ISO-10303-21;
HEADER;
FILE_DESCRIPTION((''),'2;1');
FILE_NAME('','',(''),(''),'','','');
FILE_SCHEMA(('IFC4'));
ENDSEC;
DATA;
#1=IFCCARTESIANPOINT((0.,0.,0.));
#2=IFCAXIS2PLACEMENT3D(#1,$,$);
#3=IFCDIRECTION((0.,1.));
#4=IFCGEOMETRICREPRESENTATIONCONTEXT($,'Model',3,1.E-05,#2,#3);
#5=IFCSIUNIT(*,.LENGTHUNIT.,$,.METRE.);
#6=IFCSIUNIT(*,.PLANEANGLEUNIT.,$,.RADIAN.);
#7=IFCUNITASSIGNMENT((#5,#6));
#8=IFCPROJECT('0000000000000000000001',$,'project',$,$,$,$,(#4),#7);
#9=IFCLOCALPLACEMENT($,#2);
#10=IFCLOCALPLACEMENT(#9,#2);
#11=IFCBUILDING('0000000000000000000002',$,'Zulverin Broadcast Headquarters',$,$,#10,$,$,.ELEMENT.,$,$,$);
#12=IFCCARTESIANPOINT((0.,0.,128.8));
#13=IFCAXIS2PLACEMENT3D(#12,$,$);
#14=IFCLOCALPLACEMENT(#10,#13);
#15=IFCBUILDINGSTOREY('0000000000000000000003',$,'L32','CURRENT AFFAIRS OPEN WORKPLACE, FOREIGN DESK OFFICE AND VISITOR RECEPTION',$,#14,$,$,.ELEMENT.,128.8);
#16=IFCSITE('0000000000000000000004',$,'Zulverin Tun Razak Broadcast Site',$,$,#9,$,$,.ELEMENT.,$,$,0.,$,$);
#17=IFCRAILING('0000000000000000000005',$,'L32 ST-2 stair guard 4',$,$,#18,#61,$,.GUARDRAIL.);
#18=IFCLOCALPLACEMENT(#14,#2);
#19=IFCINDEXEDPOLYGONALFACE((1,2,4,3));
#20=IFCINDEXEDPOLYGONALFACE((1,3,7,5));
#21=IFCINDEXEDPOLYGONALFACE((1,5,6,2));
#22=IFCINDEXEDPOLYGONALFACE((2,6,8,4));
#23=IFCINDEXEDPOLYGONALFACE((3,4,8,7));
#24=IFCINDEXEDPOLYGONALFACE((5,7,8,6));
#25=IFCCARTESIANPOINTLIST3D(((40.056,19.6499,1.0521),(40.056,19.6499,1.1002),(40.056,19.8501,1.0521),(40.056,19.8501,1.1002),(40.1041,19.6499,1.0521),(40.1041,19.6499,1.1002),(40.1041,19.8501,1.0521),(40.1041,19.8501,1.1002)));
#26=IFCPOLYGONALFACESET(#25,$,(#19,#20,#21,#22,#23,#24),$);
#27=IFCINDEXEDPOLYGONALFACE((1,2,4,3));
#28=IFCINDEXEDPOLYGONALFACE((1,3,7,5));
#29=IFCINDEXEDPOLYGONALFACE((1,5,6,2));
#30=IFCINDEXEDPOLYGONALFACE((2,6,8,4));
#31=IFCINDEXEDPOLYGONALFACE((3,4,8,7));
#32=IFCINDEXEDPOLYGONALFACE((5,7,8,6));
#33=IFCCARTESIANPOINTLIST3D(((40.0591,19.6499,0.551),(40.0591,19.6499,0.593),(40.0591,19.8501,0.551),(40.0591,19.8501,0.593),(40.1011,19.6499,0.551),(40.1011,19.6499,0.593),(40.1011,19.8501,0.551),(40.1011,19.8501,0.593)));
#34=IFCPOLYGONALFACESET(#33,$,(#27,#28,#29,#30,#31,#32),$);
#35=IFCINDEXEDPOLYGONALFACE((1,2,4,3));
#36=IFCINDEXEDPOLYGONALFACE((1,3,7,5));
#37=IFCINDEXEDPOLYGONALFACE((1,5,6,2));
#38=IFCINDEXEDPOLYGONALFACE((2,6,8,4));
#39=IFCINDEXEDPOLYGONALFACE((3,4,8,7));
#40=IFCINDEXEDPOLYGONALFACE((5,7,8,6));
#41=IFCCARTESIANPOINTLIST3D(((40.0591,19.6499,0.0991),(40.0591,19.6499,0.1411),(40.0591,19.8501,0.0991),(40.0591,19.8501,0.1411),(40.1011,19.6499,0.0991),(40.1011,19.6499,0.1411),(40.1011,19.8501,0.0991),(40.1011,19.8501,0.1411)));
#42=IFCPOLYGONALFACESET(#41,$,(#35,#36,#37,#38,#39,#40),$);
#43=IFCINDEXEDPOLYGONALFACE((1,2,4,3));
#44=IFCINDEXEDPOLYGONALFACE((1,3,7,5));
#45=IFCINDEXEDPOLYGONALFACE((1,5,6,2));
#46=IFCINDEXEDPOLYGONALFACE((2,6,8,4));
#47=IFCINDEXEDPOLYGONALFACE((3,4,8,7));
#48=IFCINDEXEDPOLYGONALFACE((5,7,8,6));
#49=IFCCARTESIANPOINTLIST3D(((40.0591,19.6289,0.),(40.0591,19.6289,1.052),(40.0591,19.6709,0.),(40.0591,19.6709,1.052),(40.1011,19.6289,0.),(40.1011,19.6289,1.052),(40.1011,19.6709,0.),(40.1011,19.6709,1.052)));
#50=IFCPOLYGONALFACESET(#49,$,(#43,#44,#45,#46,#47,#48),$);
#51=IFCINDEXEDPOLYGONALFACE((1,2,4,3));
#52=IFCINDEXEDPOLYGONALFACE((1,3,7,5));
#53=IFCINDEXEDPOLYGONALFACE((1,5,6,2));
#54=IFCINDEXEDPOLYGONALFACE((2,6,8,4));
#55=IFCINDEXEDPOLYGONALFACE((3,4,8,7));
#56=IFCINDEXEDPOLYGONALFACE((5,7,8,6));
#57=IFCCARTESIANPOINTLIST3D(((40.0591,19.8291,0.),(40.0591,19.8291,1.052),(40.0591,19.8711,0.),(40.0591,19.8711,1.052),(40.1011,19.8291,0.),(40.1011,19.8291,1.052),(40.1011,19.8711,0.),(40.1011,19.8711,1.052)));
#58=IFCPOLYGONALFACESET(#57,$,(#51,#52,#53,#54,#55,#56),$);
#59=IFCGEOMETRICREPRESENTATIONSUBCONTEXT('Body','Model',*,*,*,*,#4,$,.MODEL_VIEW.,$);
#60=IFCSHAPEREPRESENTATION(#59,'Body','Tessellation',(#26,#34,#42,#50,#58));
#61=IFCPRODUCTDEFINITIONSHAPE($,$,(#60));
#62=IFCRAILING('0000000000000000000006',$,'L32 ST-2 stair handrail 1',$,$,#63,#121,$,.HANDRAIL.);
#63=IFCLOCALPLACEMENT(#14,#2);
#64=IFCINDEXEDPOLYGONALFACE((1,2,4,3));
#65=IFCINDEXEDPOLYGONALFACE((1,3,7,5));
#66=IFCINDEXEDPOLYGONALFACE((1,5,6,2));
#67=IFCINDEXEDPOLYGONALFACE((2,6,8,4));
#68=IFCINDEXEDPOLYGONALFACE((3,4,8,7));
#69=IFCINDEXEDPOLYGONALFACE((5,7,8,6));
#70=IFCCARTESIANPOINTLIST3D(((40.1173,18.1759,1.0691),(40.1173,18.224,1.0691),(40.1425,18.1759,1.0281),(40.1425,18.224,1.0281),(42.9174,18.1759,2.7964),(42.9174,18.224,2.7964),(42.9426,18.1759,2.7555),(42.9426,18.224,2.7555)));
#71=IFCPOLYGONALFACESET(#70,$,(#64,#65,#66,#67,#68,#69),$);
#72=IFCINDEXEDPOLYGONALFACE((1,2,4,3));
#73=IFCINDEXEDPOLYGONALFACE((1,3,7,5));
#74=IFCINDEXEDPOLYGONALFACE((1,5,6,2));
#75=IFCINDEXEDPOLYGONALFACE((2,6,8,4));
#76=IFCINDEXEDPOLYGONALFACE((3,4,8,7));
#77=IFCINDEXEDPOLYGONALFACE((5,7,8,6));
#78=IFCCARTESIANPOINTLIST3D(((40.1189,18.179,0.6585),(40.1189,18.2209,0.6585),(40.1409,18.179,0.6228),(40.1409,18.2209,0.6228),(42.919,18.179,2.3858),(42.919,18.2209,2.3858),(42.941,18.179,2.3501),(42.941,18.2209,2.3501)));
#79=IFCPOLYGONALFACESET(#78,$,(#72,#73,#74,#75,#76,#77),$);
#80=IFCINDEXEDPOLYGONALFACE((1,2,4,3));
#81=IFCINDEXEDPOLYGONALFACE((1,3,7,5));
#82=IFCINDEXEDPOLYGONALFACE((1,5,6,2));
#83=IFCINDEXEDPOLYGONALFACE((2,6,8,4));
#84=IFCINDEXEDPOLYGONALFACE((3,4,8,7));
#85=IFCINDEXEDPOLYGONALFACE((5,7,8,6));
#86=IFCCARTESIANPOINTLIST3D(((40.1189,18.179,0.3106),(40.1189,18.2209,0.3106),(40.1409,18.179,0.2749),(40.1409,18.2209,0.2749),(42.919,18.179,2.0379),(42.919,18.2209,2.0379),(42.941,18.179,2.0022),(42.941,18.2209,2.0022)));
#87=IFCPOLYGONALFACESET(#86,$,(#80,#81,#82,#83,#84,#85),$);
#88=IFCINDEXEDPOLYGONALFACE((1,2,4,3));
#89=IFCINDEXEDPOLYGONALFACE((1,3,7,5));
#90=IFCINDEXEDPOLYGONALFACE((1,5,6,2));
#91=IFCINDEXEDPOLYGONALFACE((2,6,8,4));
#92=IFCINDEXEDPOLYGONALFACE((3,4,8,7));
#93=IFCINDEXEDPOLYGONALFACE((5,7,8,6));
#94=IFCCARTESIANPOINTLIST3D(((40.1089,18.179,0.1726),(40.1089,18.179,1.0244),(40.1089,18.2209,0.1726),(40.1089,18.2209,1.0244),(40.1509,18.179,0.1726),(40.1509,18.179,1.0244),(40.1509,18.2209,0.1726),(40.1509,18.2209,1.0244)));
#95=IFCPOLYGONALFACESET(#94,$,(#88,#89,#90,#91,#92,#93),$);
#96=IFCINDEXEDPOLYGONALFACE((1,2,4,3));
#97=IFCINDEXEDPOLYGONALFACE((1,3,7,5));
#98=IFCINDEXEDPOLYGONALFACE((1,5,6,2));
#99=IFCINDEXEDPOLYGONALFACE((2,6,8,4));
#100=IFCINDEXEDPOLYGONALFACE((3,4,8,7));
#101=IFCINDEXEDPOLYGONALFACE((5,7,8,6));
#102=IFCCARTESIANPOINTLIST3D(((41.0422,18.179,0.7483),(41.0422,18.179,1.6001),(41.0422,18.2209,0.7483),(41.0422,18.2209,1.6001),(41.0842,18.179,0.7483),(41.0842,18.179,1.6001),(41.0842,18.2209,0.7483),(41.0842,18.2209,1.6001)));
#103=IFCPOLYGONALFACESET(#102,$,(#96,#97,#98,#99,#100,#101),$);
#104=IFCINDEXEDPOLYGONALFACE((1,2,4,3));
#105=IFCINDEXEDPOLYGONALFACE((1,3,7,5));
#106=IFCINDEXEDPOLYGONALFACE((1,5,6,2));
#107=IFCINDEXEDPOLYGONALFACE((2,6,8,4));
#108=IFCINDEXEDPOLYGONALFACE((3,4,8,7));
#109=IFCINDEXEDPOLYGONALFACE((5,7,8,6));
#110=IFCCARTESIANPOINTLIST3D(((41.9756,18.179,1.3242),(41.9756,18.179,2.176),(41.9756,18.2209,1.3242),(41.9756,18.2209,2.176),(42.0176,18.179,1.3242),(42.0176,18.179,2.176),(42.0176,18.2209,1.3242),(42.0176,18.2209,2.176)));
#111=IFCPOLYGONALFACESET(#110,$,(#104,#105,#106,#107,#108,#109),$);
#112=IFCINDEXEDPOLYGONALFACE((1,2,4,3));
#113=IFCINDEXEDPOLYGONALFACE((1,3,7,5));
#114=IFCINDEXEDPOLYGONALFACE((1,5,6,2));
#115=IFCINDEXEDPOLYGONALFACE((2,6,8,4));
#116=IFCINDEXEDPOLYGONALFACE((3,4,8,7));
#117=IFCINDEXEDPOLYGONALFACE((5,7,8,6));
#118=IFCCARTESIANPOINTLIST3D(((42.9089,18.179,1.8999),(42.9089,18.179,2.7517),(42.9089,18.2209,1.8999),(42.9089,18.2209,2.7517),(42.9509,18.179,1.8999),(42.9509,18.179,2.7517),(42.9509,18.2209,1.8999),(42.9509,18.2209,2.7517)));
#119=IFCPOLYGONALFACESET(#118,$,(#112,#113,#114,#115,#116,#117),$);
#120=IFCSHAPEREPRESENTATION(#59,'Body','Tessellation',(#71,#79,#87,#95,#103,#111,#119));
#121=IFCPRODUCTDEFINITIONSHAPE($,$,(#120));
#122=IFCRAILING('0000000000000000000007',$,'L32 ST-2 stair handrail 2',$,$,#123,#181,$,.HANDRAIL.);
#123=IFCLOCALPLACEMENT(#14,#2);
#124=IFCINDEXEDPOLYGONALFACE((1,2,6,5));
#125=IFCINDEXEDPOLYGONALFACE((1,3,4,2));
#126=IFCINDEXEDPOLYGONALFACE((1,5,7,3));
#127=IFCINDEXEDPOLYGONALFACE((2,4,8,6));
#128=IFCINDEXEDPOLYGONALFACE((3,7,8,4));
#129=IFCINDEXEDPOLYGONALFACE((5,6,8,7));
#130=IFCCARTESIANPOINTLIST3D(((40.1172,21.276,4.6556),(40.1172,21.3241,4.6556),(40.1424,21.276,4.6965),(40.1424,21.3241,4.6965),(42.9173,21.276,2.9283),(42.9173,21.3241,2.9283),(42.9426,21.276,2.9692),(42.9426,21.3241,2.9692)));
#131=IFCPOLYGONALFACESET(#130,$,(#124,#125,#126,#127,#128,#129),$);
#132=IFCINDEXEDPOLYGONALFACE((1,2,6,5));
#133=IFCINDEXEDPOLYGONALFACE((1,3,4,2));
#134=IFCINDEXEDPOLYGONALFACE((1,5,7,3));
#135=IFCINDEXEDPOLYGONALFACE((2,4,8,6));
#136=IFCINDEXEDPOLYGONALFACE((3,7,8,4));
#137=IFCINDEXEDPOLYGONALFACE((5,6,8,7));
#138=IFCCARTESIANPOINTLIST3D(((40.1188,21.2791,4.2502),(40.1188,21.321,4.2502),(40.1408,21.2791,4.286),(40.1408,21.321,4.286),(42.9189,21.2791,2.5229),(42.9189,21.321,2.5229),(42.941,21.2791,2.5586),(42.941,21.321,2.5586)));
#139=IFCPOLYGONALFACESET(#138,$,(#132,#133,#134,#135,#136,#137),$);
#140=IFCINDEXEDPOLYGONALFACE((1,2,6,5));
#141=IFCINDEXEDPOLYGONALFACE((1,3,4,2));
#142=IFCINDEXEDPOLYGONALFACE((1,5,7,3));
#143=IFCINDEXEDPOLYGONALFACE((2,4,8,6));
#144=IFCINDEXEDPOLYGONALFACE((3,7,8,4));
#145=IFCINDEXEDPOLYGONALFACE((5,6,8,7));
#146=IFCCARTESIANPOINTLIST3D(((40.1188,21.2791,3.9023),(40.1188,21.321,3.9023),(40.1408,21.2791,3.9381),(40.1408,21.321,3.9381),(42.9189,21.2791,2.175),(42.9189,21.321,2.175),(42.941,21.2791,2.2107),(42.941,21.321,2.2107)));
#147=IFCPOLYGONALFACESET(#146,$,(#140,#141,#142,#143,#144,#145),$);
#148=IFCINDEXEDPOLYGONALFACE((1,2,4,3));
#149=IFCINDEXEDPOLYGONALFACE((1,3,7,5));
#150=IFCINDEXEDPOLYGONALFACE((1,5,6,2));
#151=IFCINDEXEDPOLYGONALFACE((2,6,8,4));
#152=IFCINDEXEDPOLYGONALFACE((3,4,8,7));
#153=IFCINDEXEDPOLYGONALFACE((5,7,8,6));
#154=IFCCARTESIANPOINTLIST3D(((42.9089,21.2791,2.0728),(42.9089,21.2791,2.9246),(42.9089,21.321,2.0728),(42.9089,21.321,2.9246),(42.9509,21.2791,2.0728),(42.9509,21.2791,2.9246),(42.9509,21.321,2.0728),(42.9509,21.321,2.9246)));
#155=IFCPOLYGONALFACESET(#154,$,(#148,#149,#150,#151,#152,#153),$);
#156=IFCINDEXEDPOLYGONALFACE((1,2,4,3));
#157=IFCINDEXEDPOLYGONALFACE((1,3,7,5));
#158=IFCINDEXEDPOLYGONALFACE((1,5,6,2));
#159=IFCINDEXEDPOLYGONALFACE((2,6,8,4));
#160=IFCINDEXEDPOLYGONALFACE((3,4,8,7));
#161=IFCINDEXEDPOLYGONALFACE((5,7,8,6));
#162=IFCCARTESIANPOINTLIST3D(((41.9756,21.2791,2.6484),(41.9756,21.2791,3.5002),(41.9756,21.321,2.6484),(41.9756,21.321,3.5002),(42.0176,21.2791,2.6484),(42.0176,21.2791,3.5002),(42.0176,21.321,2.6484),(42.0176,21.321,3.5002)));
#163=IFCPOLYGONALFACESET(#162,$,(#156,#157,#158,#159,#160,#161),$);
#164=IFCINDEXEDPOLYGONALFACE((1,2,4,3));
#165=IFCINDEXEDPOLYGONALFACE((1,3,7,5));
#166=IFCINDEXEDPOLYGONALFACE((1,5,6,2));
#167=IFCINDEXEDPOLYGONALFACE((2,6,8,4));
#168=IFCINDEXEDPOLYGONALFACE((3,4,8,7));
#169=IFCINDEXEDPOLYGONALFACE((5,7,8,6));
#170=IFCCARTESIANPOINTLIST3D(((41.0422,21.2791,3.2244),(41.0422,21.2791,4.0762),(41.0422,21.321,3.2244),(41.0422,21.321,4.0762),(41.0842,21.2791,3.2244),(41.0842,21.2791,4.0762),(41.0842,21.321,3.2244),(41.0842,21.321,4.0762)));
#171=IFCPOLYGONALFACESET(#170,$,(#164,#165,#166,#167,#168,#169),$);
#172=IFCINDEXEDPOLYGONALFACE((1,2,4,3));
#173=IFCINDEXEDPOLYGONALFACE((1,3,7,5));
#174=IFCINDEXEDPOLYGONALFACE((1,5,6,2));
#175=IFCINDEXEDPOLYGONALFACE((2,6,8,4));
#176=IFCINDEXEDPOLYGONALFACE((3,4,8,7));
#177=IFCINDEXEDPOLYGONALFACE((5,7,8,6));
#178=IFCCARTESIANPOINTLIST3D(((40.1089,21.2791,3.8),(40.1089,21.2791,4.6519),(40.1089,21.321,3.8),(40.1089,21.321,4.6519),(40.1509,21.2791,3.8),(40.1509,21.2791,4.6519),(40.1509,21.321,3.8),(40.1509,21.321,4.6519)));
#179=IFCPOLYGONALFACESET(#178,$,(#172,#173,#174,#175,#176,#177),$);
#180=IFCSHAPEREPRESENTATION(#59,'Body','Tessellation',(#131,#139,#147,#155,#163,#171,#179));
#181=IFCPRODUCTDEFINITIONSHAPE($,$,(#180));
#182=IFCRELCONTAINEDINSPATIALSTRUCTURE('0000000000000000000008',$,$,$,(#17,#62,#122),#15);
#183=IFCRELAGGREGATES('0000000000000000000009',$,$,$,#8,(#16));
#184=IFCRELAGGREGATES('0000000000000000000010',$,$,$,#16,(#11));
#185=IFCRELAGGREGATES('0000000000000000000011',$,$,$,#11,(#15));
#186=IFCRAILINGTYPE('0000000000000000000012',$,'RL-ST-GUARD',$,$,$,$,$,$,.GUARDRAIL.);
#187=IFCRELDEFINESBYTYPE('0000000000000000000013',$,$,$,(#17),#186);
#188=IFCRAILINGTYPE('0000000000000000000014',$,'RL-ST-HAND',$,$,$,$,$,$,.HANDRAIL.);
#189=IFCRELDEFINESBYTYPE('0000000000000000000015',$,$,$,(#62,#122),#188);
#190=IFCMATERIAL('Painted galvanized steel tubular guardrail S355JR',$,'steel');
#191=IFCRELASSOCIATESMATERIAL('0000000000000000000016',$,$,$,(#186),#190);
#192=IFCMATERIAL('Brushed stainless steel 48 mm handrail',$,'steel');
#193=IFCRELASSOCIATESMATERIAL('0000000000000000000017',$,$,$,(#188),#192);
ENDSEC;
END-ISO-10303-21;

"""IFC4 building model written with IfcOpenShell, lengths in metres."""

from ifc_helpers import new_model, si_unit, direction, frame, origin, origin_2d, place, context, subcontext, project, spatial, rectangle, extrude, material, type_object, element, save


model = new_model("IFC4")

# Units and contexts
model_context = context("Model", 3, precision=1e-05, world=origin(), true_north=direction((0.0, 1.0)))
body_context = subcontext(model_context, "Body", "Model", "MODEL_VIEW")
ifc_project = project(units=[si_unit("LENGTHUNIT", "METRE"), si_unit("PLANEANGLEUNIT", "RADIAN")], contexts=[model_context])

# Site, building, storey
site_placement = place(None, origin())
site = spatial("IfcSite", under=ifc_project, at=site_placement, Name="Zulverin Tun Razak Broadcast Site", CompositionType="ELEMENT", RefElevation=0.0)
building_placement = place(site_placement, origin())
building = spatial("IfcBuilding", under=site, at=building_placement, Name="Zulverin Broadcast Headquarters", CompositionType="ELEMENT")
storey_placement = place(building_placement, frame((0.0, 0.0, 128.8)))
storey = spatial("IfcBuildingStorey", under=building, at=storey_placement, Name="L32", Description="CURRENT AFFAIRS OPEN WORKPLACE, FOREIGN DESK OFFICE AND VISITOR RECEPTION", CompositionType="ELEMENT", Elevation=128.8)

# Railings
ifc_material_1 = material(Name="Painted galvanized steel tubular guardrail S355JR", Category="steel")
railing_type_1 = type_object("IfcRailingType", Name="RL-ST-GUARD", PredefinedType="GUARDRAIL", material=ifc_material_1)
railing_1_placement = place(storey_placement, frame((40.0801, 19.6499, 0.0)))
element("IfcRailing", 1, at=railing_1_placement, inside=storey, type_object=railing_type_1, Name="L32 ST-2 stair guard 4", PredefinedType="GUARDRAIL", context=body_context, shape_type="SweptSolid", body=[
    extrude(rectangle(XDim=0.0481, YDim=0.0481, at=origin_2d()), frame((0.0, 0.0, 1.0762), z_axis=(0.0, 1.0, 0.0), x_axis=(-1.0, 0.0, 0.0)), (0.0, 0.0, 1.0), 0.2002),
    extrude(rectangle(XDim=0.042, YDim=0.042, at=origin_2d()), frame((0.0, 0.0, 0.572), z_axis=(0.0, 1.0, 0.0), x_axis=(-1.0, 0.0, 0.0)), (0.0, 0.0, 1.0), 0.2002),
    extrude(rectangle(XDim=0.042, YDim=0.042, at=origin_2d()), frame((0.0, 0.0, 0.1201), z_axis=(0.0, 1.0, 0.0), x_axis=(-1.0, 0.0, 0.0)), (0.0, 0.0, 1.0), 0.2002),
    extrude(rectangle(XDim=0.042, YDim=0.042, at=origin_2d()), origin(), (0.0, 0.0, 1.0), 1.052),
    extrude(rectangle(XDim=0.042, YDim=0.042, at=origin_2d()), frame((0.0, 0.2002, 0.0)), (0.0, 0.0, 1.0), 1.052),
])
ifc_material_2 = material(Name="Brushed stainless steel 48 mm handrail", Category="steel")
railing_type_2 = type_object("IfcRailingType", Name="RL-ST-HAND", PredefinedType="HANDRAIL", material=ifc_material_2)
railing_2_placement = place(storey_placement, frame((40.1299, 18.2, 0.1726)))
element("IfcRailing", 2, at=railing_2_placement, inside=storey, type_object=railing_type_2, Name="L32 ST-2 stair handrail 1", PredefinedType="HANDRAIL", context=body_context, shape_type="SweptSolid", body=[
    extrude(rectangle(XDim=0.0481, YDim=0.0481, at=origin_2d()), frame((0.0, 0.0, 0.876), z_axis=(0.85109, 0.0, 0.52502), x_axis=(0.0, 1.0, 0.0)), (0.0, 0.0, 1.0), 3.29),
    extrude(rectangle(XDim=0.042, YDim=0.042, at=origin_2d()), frame((0.0, 0.0, 0.468), z_axis=(0.85109, 0.0, 0.52502), x_axis=(0.0, 1.0, 0.0)), (0.0, 0.0, 1.0), 3.29),
    extrude(rectangle(XDim=0.042, YDim=0.042, at=origin_2d()), frame((0.0, 0.0, 0.1201), z_axis=(0.85109, 0.0, 0.52502), x_axis=(0.0, 1.0, 0.0)), (0.0, 0.0, 1.0), 3.29),
    extrude(rectangle(XDim=0.042, YDim=0.042, at=origin_2d()), origin(), (0.0, 0.0, 1.0), 0.8518),
    extrude(rectangle(XDim=0.042, YDim=0.042, at=origin_2d()), frame((0.9333, 0.0, 0.5757)), (0.0, 0.0, 1.0), 0.8518),
    extrude(rectangle(XDim=0.042, YDim=0.042, at=origin_2d()), frame((1.8667, 0.0, 1.1516)), (0.0, 0.0, 1.0), 0.8518),
    extrude(rectangle(XDim=0.042, YDim=0.042, at=origin_2d()), frame((2.8, 0.0, 1.7273)), (0.0, 0.0, 1.0), 0.8518),
])
railing_3_placement = place(storey_placement, frame((42.9299, 21.3, 2.0728)))
element("IfcRailing", 3, at=railing_3_placement, inside=storey, type_object=railing_type_2, Name="L32 ST-2 stair handrail 2", PredefinedType="HANDRAIL", context=body_context, shape_type="SweptSolid", body=[
    extrude(rectangle(XDim=0.0481, YDim=0.0481, at=origin_2d()), frame((0.0, 0.0, 0.876), z_axis=(-0.85109, 0.0, 0.52502), x_axis=(0.0, -1.0, 0.0)), (0.0, 0.0, 1.0), 3.29),
    extrude(rectangle(XDim=0.042, YDim=0.042, at=origin_2d()), frame((0.0, 0.0, 0.468), z_axis=(-0.85109, 0.0, 0.52502), x_axis=(0.0, -1.0, 0.0)), (0.0, 0.0, 1.0), 3.29),
    extrude(rectangle(XDim=0.042, YDim=0.042, at=origin_2d()), frame((0.0, 0.0, 0.1201), z_axis=(-0.85109, 0.0, 0.52502), x_axis=(0.0, -1.0, 0.0)), (0.0, 0.0, 1.0), 3.29),
    extrude(rectangle(XDim=0.042, YDim=0.042, at=origin_2d()), origin(), (0.0, 0.0, 1.0), 0.8518),
    extrude(rectangle(XDim=0.042, YDim=0.042, at=origin_2d()), frame((-0.9333, 0.0, 0.5757)), (0.0, 0.0, 1.0), 0.8518),
    extrude(rectangle(XDim=0.042, YDim=0.042, at=origin_2d()), frame((-1.8667, 0.0, 1.1516)), (0.0, 0.0, 1.0), 0.8518),
    extrude(rectangle(XDim=0.042, YDim=0.042, at=origin_2d()), frame((-2.8, 0.0, 1.7273)), (0.0, 0.0, 1.0), 0.8518),
])

save(model, "model.ifc")
